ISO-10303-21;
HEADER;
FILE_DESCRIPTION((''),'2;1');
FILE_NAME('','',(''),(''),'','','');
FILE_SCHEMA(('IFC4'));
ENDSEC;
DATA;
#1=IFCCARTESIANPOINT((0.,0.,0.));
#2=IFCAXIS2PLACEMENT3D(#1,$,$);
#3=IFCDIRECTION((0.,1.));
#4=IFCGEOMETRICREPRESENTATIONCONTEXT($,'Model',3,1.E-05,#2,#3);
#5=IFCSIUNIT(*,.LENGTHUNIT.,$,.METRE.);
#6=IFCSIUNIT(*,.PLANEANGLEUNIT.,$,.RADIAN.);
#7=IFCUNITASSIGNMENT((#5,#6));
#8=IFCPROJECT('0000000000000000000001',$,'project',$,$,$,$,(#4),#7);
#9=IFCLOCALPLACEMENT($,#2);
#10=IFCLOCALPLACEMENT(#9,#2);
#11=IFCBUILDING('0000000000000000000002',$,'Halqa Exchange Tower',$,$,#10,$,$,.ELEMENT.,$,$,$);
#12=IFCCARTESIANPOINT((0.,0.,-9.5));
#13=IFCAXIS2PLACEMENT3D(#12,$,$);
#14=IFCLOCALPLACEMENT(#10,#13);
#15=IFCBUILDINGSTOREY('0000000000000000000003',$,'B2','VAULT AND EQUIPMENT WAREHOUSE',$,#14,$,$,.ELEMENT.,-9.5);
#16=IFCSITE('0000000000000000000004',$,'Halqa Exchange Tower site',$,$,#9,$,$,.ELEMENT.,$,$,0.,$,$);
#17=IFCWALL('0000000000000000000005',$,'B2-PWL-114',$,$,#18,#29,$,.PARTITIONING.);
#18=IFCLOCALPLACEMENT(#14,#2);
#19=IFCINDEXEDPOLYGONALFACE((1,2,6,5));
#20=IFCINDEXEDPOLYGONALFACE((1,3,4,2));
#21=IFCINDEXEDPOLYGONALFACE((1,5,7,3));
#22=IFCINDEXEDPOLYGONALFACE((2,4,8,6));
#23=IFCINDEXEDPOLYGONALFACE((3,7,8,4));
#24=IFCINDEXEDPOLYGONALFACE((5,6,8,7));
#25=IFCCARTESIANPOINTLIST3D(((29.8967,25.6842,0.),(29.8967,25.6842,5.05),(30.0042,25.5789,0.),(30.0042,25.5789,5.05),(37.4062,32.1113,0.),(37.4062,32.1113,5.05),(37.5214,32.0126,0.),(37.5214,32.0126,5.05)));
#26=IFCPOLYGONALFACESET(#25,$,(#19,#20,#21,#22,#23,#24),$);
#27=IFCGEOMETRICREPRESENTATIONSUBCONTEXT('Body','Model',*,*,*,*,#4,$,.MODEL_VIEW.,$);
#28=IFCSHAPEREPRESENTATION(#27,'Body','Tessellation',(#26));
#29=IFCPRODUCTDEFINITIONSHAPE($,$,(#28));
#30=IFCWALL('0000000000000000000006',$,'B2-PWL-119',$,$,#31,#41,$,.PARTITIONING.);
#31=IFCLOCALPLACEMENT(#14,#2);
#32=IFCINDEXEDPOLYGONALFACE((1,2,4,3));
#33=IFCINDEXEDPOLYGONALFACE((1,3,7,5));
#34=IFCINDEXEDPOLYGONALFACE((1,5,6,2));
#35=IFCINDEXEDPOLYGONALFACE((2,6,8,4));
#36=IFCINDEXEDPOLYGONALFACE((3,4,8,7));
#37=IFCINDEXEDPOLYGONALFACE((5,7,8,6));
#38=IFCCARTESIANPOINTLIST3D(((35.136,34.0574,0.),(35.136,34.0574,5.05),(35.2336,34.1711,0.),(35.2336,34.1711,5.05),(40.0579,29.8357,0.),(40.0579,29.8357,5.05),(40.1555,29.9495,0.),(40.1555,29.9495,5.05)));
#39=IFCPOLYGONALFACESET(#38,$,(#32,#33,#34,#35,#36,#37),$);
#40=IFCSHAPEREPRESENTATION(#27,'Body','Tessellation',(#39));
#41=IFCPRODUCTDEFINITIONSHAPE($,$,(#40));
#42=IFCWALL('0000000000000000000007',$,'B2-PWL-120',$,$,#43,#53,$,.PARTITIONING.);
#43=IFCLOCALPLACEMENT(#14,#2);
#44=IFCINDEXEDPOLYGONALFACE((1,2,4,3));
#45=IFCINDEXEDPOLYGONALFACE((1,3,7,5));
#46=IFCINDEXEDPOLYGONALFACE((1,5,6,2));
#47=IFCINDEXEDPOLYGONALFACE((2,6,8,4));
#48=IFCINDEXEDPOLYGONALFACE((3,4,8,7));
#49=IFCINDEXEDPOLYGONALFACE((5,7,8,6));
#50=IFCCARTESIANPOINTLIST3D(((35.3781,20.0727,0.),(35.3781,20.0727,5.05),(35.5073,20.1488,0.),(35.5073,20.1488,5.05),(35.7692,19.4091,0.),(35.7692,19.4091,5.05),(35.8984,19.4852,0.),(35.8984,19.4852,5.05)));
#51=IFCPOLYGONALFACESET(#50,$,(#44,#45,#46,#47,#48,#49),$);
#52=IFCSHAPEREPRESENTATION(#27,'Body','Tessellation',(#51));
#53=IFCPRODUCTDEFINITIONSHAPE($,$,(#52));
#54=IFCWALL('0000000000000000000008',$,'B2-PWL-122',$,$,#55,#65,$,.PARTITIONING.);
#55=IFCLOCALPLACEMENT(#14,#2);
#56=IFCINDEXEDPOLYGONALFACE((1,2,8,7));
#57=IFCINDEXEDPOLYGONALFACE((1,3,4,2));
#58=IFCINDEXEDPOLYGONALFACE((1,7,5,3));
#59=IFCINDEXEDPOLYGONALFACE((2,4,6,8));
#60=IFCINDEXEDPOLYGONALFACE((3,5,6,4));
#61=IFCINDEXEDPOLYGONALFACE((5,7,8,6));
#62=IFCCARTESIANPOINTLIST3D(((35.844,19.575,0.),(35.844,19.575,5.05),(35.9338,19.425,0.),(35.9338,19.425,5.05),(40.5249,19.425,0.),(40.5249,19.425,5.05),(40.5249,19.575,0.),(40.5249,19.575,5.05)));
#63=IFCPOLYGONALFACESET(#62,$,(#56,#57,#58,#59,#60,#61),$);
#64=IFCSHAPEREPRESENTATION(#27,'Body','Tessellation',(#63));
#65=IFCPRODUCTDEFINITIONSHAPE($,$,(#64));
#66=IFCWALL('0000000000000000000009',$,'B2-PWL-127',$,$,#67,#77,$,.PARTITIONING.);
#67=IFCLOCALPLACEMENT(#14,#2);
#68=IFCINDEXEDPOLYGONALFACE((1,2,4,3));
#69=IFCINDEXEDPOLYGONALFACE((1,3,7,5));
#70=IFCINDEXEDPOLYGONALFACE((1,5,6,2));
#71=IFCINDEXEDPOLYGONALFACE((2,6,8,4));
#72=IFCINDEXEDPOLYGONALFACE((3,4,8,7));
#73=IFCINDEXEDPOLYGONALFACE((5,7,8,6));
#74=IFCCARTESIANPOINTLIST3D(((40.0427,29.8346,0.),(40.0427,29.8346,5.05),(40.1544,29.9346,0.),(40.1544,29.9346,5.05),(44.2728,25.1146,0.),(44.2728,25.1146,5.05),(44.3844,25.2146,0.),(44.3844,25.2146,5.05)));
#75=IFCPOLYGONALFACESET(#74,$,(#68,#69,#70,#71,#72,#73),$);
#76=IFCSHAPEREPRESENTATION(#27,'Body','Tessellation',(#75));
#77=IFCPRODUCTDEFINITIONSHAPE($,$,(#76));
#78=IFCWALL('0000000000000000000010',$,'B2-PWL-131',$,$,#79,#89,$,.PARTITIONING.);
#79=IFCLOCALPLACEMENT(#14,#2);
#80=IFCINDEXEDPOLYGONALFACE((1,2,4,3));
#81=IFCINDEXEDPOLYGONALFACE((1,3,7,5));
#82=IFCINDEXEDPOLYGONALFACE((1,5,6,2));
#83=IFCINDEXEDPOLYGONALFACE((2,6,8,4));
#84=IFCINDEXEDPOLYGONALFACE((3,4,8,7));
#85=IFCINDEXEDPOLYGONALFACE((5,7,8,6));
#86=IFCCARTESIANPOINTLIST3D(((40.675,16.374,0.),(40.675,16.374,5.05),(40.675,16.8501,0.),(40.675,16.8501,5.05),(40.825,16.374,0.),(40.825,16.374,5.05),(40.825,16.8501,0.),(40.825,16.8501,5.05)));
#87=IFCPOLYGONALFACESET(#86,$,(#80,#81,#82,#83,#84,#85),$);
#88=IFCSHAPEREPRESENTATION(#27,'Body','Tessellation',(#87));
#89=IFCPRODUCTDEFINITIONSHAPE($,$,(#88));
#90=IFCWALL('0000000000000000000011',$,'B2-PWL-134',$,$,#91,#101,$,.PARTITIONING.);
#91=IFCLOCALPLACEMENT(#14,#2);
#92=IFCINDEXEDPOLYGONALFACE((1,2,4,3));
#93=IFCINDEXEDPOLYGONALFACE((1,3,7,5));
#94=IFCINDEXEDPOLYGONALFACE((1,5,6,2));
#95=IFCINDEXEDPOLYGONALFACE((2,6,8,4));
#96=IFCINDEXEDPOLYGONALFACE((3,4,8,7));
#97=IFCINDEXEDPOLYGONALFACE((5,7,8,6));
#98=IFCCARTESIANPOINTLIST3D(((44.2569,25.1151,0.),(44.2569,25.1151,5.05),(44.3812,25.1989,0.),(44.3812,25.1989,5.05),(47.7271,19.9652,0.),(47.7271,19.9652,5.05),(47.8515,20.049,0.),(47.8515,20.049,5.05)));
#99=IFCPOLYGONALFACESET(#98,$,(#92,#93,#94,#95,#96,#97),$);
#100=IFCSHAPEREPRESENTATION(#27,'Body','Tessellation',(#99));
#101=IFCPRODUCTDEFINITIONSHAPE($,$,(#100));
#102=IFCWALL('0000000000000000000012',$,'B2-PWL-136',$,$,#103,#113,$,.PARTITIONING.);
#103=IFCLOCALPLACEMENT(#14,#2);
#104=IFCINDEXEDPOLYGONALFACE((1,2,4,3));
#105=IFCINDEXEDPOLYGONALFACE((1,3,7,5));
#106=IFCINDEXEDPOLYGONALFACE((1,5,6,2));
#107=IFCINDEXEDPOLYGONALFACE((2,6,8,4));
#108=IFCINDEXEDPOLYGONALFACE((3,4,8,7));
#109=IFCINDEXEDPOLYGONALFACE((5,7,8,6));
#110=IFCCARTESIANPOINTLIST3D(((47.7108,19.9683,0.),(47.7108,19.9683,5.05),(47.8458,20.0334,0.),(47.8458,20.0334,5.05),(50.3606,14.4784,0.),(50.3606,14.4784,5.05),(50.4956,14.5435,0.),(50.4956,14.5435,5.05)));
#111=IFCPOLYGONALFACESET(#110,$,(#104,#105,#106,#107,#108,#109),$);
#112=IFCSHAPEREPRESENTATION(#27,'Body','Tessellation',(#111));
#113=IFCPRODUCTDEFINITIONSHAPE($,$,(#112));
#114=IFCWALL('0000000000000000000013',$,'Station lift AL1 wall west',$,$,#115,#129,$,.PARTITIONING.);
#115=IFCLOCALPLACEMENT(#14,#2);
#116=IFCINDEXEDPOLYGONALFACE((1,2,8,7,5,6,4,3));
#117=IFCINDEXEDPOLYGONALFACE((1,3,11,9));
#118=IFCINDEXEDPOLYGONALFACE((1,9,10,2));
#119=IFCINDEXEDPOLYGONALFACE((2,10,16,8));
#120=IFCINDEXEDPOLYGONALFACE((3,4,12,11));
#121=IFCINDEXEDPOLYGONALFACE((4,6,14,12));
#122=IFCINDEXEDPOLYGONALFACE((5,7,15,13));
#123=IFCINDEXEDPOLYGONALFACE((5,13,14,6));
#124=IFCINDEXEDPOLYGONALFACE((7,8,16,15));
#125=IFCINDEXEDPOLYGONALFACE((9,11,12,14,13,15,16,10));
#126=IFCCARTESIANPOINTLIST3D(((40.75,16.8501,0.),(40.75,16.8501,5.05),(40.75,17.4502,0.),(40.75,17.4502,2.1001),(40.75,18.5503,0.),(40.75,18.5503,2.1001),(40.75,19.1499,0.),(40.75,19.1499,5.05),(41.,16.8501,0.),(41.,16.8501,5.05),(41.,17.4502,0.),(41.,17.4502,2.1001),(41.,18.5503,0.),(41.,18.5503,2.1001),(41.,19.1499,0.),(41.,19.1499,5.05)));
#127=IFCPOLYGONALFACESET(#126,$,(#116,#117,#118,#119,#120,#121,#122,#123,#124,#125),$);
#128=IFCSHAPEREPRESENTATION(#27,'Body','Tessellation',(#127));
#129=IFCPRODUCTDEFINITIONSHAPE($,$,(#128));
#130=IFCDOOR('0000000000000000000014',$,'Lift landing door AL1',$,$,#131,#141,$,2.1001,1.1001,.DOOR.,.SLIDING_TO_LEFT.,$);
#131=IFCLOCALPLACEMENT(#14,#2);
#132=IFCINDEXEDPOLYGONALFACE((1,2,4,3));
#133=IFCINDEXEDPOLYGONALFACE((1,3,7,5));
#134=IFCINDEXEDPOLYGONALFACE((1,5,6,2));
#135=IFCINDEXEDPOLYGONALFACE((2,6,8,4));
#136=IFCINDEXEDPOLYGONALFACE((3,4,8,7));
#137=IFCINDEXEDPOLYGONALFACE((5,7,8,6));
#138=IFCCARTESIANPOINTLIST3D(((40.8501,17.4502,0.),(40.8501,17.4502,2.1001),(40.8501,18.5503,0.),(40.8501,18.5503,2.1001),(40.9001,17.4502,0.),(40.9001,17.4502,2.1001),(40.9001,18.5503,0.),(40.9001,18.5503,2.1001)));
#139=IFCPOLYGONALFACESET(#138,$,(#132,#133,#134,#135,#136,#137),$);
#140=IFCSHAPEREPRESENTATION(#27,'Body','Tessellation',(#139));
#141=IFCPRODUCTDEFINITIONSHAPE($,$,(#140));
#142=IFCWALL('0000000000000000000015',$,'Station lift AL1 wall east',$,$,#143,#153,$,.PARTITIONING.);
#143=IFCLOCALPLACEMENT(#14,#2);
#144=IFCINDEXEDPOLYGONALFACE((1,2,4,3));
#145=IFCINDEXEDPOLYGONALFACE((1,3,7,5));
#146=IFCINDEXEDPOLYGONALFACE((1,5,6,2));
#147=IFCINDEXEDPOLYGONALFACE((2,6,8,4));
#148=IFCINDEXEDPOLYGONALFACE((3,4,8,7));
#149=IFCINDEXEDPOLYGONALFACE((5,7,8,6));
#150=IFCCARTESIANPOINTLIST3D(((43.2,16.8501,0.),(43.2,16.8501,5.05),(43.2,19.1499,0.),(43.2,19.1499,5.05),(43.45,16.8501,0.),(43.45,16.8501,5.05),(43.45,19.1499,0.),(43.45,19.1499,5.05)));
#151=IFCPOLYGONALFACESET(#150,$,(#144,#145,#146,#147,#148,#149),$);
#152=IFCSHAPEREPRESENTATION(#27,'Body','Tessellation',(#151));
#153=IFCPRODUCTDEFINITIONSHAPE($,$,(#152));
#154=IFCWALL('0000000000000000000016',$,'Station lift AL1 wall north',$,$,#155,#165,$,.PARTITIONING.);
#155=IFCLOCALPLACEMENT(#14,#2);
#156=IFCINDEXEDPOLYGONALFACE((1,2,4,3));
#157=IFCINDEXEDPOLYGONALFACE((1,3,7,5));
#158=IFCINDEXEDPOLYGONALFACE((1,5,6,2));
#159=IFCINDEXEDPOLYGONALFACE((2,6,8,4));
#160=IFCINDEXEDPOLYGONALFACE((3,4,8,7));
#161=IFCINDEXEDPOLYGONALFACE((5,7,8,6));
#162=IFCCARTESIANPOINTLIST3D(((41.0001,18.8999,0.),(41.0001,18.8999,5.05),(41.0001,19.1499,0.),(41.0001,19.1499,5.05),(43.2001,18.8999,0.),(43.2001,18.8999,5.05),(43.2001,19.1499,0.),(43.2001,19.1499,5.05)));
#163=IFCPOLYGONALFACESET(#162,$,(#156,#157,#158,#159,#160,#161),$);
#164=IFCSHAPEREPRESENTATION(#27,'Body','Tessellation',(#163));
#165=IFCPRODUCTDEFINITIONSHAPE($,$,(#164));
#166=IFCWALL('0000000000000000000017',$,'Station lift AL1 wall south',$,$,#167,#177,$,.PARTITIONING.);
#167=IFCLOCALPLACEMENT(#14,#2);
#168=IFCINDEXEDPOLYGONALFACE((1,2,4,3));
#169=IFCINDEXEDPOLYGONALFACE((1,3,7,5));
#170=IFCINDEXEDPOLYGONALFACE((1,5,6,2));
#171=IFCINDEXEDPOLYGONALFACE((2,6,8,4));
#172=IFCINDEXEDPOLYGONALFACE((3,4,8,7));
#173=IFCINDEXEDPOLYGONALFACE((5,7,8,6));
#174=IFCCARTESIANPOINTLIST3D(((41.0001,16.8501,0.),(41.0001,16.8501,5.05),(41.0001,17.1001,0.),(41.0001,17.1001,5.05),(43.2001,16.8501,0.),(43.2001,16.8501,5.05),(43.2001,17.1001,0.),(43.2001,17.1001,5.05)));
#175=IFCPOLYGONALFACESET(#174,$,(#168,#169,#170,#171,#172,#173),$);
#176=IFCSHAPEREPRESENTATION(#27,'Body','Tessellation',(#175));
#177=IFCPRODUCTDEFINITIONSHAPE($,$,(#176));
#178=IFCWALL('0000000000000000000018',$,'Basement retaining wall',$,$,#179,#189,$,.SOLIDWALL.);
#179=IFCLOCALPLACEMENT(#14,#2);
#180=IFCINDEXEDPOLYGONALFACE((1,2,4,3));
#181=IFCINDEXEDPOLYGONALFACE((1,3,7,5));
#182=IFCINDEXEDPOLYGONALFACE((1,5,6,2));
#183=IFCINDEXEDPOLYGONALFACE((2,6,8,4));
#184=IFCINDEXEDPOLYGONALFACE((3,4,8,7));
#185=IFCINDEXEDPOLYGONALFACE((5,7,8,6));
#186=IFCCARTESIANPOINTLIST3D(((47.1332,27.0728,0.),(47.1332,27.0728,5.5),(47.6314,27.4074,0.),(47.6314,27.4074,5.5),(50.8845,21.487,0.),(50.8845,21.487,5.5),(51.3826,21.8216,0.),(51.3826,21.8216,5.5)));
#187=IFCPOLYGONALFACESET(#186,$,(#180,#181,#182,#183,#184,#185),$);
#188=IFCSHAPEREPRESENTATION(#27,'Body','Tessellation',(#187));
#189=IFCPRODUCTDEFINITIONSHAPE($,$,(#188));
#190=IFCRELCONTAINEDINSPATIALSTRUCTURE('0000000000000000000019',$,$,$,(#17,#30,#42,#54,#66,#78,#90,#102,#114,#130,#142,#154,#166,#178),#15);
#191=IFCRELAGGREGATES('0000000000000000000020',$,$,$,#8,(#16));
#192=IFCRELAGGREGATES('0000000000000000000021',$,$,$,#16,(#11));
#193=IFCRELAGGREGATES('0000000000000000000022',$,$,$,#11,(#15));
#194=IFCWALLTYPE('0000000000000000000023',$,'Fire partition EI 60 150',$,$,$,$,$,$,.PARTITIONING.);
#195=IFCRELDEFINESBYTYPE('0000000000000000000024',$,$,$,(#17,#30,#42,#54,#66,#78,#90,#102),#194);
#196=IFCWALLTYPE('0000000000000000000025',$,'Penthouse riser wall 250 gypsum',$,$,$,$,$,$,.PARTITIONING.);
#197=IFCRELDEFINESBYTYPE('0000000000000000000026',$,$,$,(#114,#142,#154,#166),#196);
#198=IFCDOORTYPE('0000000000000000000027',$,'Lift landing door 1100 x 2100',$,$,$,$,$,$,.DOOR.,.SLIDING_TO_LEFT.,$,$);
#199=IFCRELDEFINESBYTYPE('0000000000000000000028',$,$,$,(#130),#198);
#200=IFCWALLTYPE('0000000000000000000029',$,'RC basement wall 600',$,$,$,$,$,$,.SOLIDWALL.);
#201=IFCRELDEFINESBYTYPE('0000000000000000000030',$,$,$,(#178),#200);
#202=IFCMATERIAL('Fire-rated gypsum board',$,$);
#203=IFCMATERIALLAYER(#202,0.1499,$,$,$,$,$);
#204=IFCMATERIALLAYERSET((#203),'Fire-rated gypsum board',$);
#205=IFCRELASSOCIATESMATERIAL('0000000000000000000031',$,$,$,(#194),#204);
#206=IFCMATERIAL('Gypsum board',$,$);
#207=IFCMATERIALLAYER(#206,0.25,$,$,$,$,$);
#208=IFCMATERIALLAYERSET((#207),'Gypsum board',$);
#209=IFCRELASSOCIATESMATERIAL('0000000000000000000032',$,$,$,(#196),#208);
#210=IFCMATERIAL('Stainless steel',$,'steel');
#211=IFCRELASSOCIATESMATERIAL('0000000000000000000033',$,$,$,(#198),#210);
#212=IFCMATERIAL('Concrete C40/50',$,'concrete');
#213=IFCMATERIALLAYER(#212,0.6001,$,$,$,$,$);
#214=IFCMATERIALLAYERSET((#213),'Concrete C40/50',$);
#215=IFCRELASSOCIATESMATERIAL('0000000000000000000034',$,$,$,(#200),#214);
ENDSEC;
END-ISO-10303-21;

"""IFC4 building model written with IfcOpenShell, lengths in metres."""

from ifc_helpers import new_model, si_unit, direction, frame, frame_2d, origin, place, context, subcontext, project, spatial, polyline, rectangle, outline, extrude, material, layer, layer_set, type_object, element, fill, save


model = new_model("IFC4")

# Units and contexts
model_context = context("Model", 3, precision=1e-05, world=origin(), true_north=direction((0.0, 1.0)))
body_context = subcontext(model_context, "Body", "Model", "MODEL_VIEW")
ifc_project = project(units=[si_unit("LENGTHUNIT", "METRE"), si_unit("PLANEANGLEUNIT", "RADIAN")], contexts=[model_context])

# Site, building, storey
site_placement = place(None, origin())
site = spatial("IfcSite", under=ifc_project, at=site_placement, Name="Halqa Exchange Tower site", CompositionType="ELEMENT", RefElevation=0.0)
building_placement = place(site_placement, origin())
building = spatial("IfcBuilding", under=site, at=building_placement, Name="Halqa Exchange Tower", CompositionType="ELEMENT")
storey_placement = place(building_placement, frame((0.0, 0.0, -9.5)))
storey = spatial("IfcBuildingStorey", under=building, at=storey_placement, Name="B2", Description="VAULT AND EQUIPMENT WAREHOUSE", CompositionType="ELEMENT", Elevation=-9.5)

# Walls
ifc_material_1 = material(Name="Fire-rated gypsum board")
ifc_layer_1 = layer(ifc_material_1, 0.1499)
ifc_layer_set_1 = layer_set([ifc_layer_1], Name="Fire-rated gypsum board")
wall_type_1 = type_object("IfcWallType", Name="Fire partition EI 60 150", PredefinedType="PARTITIONING", material=ifc_layer_set_1)
wall_1_placement = place(storey_placement, frame((29.9504, 25.6316, 0.0), z_axis=(0.0, 0.0, 1.0), x_axis=(0.759739, 0.650228, 0.0)))
element("IfcWall", 1, at=wall_1_placement, inside=storey, type_object=wall_type_1, Name="B2-PWL-114", PredefinedType="PARTITIONING", context=body_context, shape_type="SweptSolid", body=[
    extrude(outline(polyline([(0.0066, -0.075), (9.9011, -0.075), (9.8777, 0.075), (-0.0066, 0.075), (0.0066, -0.075)])), origin(), (0.0, 0.0, 1.0), 5.05),
])
wall_2_placement = place(storey_placement, frame((35.1848, 34.1143, 0.0), z_axis=(0.0, 0.0, 1.0), x_axis=(0.759033, -0.651052, 0.0)))
element("IfcWall", 2, at=wall_2_placement, inside=storey, type_object=wall_type_1, Name="B2-PWL-119", PredefinedType="PARTITIONING", context=body_context, shape_type="SweptSolid", body=[
    extrude(rectangle(XDim=6.4844, YDim=0.1499, at=frame_2d((3.2422, 0.0))), origin(), (0.0, 0.0, 1.0), 5.05),
])
wall_3_placement = place(storey_placement, frame((35.4426, 20.1108, 0.0), z_axis=(0.0, 0.0, 1.0), x_axis=(0.507768, -0.861494, 0.0)))
element("IfcWall", 3, at=wall_3_placement, inside=storey, type_object=wall_type_1, Name="B2-PWL-120", PredefinedType="PARTITIONING", context=body_context, shape_type="SweptSolid", body=[
    extrude(rectangle(XDim=0.7703, YDim=0.1499, at=frame_2d((0.3853, 0.0))), origin(), (0.0, 0.0, 1.0), 5.05),
])
wall_4_placement = place(storey_placement, frame((35.8889, 19.5, 0.0), z_axis=(0.0, 0.0, 1.0), x_axis=(1.0, 0.0, 0.0)))
element("IfcWall", 4, at=wall_4_placement, inside=storey, type_object=wall_type_1, Name="B2-PWL-122", PredefinedType="PARTITIONING", context=body_context, shape_type="SweptSolid", body=[
    extrude(outline(polyline([(0.0449, -0.075), (4.636, -0.075), (4.636, 0.075), (-0.0449, 0.075), (0.0449, -0.075)])), origin(), (0.0, 0.0, 1.0), 5.05),
])
wall_5_placement = place(storey_placement, frame((40.0986, 29.8845, 0.0), z_axis=(0.0, 0.0, 1.0), x_axis=(0.667395, -0.744704, 0.0)))
element("IfcWall", 5, at=wall_5_placement, inside=storey, type_object=wall_type_1, Name="B2-PWL-127", PredefinedType="PARTITIONING", context=body_context, shape_type="SweptSolid", body=[
    extrude(rectangle(XDim=6.3381, YDim=0.1499, at=frame_2d((3.1689, 0.0))), origin(), (0.0, 0.0, 1.0), 5.05),
])
wall_6_placement = place(storey_placement, frame((40.75, 16.8501, 0.0), z_axis=(0.0, 0.0, 1.0), x_axis=(0.0, -1.0, 0.0)))
element("IfcWall", 6, at=wall_6_placement, inside=storey, type_object=wall_type_1, Name="B2-PWL-131", PredefinedType="PARTITIONING", context=body_context, shape_type="SweptSolid", body=[
    extrude(rectangle(XDim=0.4761, YDim=0.1499, at=frame_2d((0.238, 0.0))), origin(), (0.0, 0.0, 1.0), 5.05),
])
wall_7_placement = place(storey_placement, frame((44.3191, 25.157, 0.0), z_axis=(0.0, 0.0, 1.0), x_axis=(0.558812, -0.829294, 0.0)))
element("IfcWall", 7, at=wall_7_placement, inside=storey, type_object=wall_type_1, Name="B2-PWL-134", PredefinedType="PARTITIONING", context=body_context, shape_type="SweptSolid", body=[
    extrude(rectangle(XDim=6.21, YDim=0.1499, at=frame_2d((3.105, 0.0))), origin(), (0.0, 0.0, 1.0), 5.05),
])
wall_8_placement = place(storey_placement, frame((47.7783, 20.0007, 0.0), z_axis=(0.0, 0.0, 1.0), x_axis=(0.434691, -0.90058, 0.0)))
element("IfcWall", 8, at=wall_8_placement, inside=storey, type_object=wall_type_1, Name="B2-PWL-136", PredefinedType="PARTITIONING", context=body_context, shape_type="SweptSolid", body=[
    extrude(rectangle(XDim=6.0959, YDim=0.1499, at=frame_2d((3.0479, 0.0))), origin(), (0.0, 0.0, 1.0), 5.05),
])

# Wall, opening, door
ifc_material_2 = material(Name="Gypsum board")
ifc_layer_2 = layer(ifc_material_2, 0.25)
ifc_layer_set_2 = layer_set([ifc_layer_2], Name="Gypsum board")
wall_type_2 = type_object("IfcWallType", Name="Penthouse riser wall 250 gypsum", PredefinedType="PARTITIONING", material=ifc_layer_set_2)
wall_9_placement = place(storey_placement, frame((40.875, 16.8501, 0.0), z_axis=(0.0, 0.0, 1.0), x_axis=(0.0, 1.0, 0.0)))
wall_9 = element("IfcWall", 9, at=wall_9_placement, inside=storey, type_object=wall_type_2, Name="Station lift AL1 wall west", PredefinedType="PARTITIONING", context=body_context, shape_type="SweptSolid", body=[
    extrude(rectangle(XDim=2.2998, YDim=0.25, at=frame_2d((1.1499, 0.0))), origin(), (0.0, 0.0, 1.0), 5.05),
])
opening_placement = place(wall_9_placement, frame((0.6001, 0.0, 0.0)))
opening = element("IfcOpeningElement", 10, at=opening_placement, cuts=wall_9, PredefinedType="OPENING", context=body_context, shape_type="SweptSolid", body=[
    extrude(rectangle(XDim=1.1001, YDim=2.1001, at=frame_2d((0.55, 1.05))), frame((0.0, 0.137, 0.0), z_axis=(0.0, -1.0, 0.0), x_axis=(1.0, 0.0, 0.0)), (0.0, 0.0, 1.0), 0.2739),
])
ifc_material_3 = material(Name="Stainless steel", Category="steel")
door_type = type_object("IfcDoorType", Name="Lift landing door 1100 x 2100", OperationType="SLIDING_TO_LEFT", PredefinedType="DOOR", material=ifc_material_3)
door_placement = place(opening_placement, origin())
door = element("IfcDoor", 11, at=door_placement, inside=storey, type_object=door_type, Name="Lift landing door AL1", OperationType="SLIDING_TO_LEFT", OverallHeight=2.1001, OverallWidth=1.1001, PredefinedType="DOOR", context=body_context, shape_type="SweptSolid", body=[
    extrude(rectangle(XDim=1.1001, YDim=2.1001, at=frame_2d((0.55, 1.05))), frame((0.0, 0.0249, 0.0), z_axis=(0.0, -1.0, 0.0), x_axis=(1.0, 0.0, 0.0)), (0.0, 0.0, 1.0), 0.05),
])
fill(opening, door)

# Walls
wall_10_placement = place(storey_placement, frame((43.325, 16.8501, 0.0), z_axis=(0.0, 0.0, 1.0), x_axis=(0.0, 1.0, 0.0)))
element("IfcWall", 12, at=wall_10_placement, inside=storey, type_object=wall_type_2, Name="Station lift AL1 wall east", PredefinedType="PARTITIONING", context=body_context, shape_type="SweptSolid", body=[
    extrude(rectangle(XDim=2.2998, YDim=0.25, at=frame_2d((1.1499, 0.0))), origin(), (0.0, 0.0, 1.0), 5.05),
])
for number, where, z_axis, x_axis, name in (
    (13, (41.0, 19.0249, 0.0), (0.0, 0.0, 1.0), (1.0, 0.0, 0.0), "Station lift AL1 wall north"),
    (14, (41.0, 16.9751, 0.0), (0.0, 0.0, 1.0), (1.0, 0.0, 0.0), "Station lift AL1 wall south"),
):
    element("IfcWall", number, at=place(storey_placement, frame(where, z_axis=z_axis, x_axis=x_axis)), inside=storey, type_object=wall_type_2, Name=name, PredefinedType="PARTITIONING", context=body_context, shape_type="SweptSolid", body=[
        extrude(rectangle(XDim=2.2, YDim=0.25, at=frame_2d((1.1001, 0.0))), origin(), (0.0, 0.0, 1.0), 5.05),
    ])
ifc_material_4 = material(Name="Concrete C40/50", Category="concrete")
ifc_layer_3 = layer(ifc_material_4, 0.6001)
ifc_layer_set_3 = layer_set([ifc_layer_3], Name="Concrete C40/50")
wall_type_3 = type_object("IfcWallType", Name="RC basement wall 600", PredefinedType="SOLIDWALL", material=ifc_layer_set_3)
wall_11_placement = place(storey_placement, frame((51.1335, 21.6543, 0.0), z_axis=(0.0, 0.0, 1.0), x_axis=(-0.557519, 0.830164, 0.0)))
element("IfcWall", 15, at=wall_11_placement, inside=storey, type_object=wall_type_3, Name="Basement retaining wall", PredefinedType="SOLIDWALL", context=body_context, shape_type="SweptSolid", body=[
    extrude(rectangle(XDim=6.7285, YDim=0.6001, at=frame_2d((3.3643, 0.0))), origin(), (0.0, 0.0, 1.0), 5.5),
])

save(model, "model.ifc")
